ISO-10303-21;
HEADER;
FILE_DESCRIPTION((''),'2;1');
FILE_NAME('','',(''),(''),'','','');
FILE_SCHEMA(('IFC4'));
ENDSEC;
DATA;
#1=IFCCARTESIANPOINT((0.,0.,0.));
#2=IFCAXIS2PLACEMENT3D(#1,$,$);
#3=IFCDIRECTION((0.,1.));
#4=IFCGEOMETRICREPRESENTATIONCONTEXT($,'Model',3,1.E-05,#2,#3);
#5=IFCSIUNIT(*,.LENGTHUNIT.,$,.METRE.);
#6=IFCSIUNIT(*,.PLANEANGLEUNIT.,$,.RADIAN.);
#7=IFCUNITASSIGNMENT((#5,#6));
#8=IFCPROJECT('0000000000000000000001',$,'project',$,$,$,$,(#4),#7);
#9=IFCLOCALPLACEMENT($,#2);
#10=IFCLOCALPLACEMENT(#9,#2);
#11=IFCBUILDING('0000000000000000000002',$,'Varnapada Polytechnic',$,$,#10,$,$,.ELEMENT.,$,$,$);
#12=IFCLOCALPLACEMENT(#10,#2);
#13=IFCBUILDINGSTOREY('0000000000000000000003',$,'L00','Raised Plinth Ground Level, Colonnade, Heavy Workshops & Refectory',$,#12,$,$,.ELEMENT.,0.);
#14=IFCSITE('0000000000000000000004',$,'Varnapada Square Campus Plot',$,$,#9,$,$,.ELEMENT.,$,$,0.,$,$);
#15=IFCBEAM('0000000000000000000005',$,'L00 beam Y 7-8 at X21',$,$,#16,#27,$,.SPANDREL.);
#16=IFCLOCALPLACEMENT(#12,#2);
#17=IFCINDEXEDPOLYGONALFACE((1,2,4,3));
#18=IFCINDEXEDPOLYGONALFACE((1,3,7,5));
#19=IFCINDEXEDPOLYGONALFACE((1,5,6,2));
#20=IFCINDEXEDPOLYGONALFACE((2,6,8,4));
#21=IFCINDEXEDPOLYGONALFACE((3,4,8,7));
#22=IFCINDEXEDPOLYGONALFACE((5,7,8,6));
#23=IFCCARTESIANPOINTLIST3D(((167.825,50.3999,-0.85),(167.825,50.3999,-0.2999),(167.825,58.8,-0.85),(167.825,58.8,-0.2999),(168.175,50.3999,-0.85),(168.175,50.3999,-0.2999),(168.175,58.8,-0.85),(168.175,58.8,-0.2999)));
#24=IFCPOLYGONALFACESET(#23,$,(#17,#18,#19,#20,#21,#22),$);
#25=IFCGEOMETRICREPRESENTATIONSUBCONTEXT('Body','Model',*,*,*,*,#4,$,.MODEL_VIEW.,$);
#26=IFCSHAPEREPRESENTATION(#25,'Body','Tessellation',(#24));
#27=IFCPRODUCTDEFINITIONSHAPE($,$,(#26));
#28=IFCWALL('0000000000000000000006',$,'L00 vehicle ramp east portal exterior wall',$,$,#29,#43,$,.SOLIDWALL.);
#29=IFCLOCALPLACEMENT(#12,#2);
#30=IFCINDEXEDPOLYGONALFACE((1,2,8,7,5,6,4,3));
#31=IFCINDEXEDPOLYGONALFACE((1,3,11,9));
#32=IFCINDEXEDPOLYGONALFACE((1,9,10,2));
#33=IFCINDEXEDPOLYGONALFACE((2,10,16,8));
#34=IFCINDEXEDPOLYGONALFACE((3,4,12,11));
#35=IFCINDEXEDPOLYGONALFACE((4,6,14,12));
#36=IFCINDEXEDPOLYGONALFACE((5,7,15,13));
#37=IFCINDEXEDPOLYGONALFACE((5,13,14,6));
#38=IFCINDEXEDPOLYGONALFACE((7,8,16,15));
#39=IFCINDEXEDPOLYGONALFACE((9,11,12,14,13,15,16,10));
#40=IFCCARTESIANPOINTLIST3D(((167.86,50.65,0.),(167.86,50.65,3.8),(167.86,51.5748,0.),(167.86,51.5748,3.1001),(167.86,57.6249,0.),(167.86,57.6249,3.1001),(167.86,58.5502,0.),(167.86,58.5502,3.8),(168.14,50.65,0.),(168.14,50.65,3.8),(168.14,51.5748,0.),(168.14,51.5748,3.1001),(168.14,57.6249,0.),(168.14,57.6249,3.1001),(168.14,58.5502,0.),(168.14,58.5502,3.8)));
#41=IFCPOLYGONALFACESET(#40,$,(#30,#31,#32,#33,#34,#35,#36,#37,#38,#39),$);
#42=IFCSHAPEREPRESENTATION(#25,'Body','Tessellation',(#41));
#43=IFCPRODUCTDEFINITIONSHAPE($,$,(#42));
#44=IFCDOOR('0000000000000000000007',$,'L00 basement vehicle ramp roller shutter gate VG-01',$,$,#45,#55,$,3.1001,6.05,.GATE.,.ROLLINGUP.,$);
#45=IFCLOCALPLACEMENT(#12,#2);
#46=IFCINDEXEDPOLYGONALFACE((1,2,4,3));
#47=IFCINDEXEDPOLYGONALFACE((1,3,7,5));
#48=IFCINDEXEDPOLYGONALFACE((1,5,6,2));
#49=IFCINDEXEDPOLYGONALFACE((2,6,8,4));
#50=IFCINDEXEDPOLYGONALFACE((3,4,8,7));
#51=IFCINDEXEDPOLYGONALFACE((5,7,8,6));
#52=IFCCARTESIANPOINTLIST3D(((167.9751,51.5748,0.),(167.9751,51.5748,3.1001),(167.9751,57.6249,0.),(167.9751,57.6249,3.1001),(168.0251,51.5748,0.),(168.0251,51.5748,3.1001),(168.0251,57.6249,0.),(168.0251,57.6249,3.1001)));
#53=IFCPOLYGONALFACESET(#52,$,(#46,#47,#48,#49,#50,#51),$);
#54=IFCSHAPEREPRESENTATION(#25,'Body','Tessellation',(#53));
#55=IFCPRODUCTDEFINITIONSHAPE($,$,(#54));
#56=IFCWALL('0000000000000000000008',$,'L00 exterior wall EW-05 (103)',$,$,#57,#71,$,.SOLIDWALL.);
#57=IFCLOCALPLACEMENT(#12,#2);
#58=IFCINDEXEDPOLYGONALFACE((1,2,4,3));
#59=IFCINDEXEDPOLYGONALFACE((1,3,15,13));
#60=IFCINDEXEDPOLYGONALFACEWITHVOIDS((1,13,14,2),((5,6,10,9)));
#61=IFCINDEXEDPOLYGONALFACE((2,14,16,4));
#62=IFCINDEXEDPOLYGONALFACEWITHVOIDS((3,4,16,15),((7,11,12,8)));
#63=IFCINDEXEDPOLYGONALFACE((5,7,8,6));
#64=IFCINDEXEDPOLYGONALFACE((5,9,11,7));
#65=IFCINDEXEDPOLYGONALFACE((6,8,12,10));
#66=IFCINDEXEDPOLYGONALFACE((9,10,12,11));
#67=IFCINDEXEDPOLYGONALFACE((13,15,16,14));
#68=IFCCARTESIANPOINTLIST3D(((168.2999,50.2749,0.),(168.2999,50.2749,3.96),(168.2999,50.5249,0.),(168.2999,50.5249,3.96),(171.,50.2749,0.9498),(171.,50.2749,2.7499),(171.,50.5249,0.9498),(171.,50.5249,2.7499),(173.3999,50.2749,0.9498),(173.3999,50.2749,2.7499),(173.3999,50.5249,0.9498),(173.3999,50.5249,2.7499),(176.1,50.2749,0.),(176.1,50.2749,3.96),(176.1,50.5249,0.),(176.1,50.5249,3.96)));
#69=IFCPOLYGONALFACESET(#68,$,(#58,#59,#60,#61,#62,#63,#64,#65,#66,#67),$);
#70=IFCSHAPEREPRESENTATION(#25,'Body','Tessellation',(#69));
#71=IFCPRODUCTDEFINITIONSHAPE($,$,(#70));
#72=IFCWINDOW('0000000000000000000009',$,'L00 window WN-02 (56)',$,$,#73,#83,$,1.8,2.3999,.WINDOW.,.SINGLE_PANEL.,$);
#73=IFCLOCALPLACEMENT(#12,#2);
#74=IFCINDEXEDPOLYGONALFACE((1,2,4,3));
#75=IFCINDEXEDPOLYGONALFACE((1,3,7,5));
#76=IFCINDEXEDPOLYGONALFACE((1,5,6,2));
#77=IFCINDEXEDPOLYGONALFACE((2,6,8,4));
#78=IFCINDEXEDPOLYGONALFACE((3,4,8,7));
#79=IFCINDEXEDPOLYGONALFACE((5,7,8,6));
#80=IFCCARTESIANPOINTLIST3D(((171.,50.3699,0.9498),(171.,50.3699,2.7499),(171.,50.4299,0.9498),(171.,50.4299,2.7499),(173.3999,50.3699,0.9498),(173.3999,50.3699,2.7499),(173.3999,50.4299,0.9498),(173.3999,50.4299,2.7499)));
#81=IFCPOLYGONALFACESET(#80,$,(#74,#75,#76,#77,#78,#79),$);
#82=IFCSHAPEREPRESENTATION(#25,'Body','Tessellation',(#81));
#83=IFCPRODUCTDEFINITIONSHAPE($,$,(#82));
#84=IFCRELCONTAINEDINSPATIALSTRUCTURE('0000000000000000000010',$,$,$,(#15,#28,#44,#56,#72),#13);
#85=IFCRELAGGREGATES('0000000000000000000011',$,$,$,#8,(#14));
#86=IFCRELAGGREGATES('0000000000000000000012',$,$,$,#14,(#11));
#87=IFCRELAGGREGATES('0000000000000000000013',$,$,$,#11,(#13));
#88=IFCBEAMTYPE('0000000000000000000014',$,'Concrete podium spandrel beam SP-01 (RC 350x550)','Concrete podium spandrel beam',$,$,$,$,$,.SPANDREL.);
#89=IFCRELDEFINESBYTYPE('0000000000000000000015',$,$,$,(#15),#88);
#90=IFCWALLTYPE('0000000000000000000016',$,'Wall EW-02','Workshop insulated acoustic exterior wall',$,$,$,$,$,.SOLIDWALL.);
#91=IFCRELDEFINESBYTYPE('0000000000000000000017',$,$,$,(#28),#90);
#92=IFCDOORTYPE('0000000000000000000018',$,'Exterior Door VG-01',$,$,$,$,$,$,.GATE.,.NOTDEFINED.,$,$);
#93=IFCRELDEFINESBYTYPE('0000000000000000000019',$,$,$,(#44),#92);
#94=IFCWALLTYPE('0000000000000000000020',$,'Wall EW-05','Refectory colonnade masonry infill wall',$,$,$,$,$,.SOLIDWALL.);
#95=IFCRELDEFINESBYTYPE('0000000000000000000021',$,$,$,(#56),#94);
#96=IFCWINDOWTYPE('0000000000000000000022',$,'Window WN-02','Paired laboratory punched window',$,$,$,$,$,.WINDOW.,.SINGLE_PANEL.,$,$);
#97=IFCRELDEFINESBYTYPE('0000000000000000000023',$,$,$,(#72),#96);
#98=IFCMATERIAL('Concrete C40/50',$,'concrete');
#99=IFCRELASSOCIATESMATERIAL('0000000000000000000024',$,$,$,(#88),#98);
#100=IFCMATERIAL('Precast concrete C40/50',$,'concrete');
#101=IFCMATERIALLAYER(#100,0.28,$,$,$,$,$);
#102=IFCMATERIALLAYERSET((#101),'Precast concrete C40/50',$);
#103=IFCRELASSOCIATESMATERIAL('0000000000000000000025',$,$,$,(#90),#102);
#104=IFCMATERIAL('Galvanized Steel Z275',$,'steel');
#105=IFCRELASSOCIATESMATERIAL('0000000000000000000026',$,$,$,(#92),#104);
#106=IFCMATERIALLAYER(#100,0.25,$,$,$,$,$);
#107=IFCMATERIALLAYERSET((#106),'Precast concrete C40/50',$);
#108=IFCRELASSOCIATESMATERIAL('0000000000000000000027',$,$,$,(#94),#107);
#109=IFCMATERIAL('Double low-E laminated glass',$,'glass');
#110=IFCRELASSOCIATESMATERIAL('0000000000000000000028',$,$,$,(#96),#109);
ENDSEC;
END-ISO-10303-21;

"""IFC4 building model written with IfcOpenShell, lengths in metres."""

from ifc_helpers import new_model, si_unit, direction, frame, frame_2d, origin, origin_2d, place, context, subcontext, project, spatial, rectangle, extrude, material, layer, layer_set, material_profile, profile_set, type_object, element, fill, save


model = new_model("IFC4")

# Units and contexts
model_context = context("Model", 3, precision=1e-05, world=origin(), true_north=direction((0.0, 1.0)))
body_context = subcontext(model_context, "Body", "Model", "MODEL_VIEW")
ifc_project = project(units=[si_unit("LENGTHUNIT", "METRE"), si_unit("PLANEANGLEUNIT", "RADIAN")], contexts=[model_context])

# Site, building, storey
site_placement = place(None, origin())
site = spatial("IfcSite", under=ifc_project, at=site_placement, Name="Varnapada Square Campus Plot", CompositionType="ELEMENT", RefElevation=0.0)
building_placement = place(site_placement, origin())
building = spatial("IfcBuilding", under=site, at=building_placement, Name="Varnapada Polytechnic", CompositionType="ELEMENT")
storey_placement = place(building_placement, origin())
storey = spatial("IfcBuildingStorey", under=building, at=storey_placement, Name="L00", Description="Raised Plinth Ground Level, Colonnade, Heavy Workshops & Refectory", CompositionType="ELEMENT", Elevation=0.0)

# Beam
ifc_material_1 = material(Name="Concrete C40/50", Category="concrete")
ifc_material_profile = material_profile(ifc_material_1, rectangle(XDim=0.3501, YDim=0.55, at=origin_2d()), Name="RC 350x550")
ifc_profile_set = profile_set([ifc_material_profile], Name="Concrete C40/50")
beam_type = type_object("IfcBeamType", Name="Concrete podium spandrel beam SP-01 (RC 350x550)", Description="Concrete podium spandrel beam", PredefinedType="SPANDREL", material=ifc_profile_set)
beam_placement = place(storey_placement, frame((168.0, 50.3999, -0.575), z_axis=(0.0, 1.0, 0.0), x_axis=(-1.0, 0.0, 0.0)))
element("IfcBeam", 1, at=beam_placement, inside=storey, type_object=beam_type, Name="L00 beam Y 7-8 at X21", PredefinedType="SPANDREL", context=body_context, shape_type="SweptSolid", body=[
    extrude(rectangle(XDim=0.3501, YDim=0.55, at=origin_2d()), origin(), (0.0, 0.0, 1.0), 8.4001),
])

# Wall, opening, door
ifc_material_2 = material(Name="Precast concrete C40/50", Category="concrete")
ifc_layer_1 = layer(ifc_material_2, 0.28)
ifc_layer_set_1 = layer_set([ifc_layer_1], Name="Precast concrete C40/50")
wall_type_1 = type_object("IfcWallType", Name="Wall EW-02", Description="Workshop insulated acoustic exterior wall", PredefinedType="SOLIDWALL", material=ifc_layer_set_1)
wall_1_placement = place(storey_placement, frame((168.0, 50.6499, 0.0), z_axis=(0.0, 0.0, 1.0), x_axis=(0.0, 1.0, 0.0)))
wall_1 = element("IfcWall", 2, at=wall_1_placement, inside=storey, type_object=wall_type_1, Name="L00 vehicle ramp east portal exterior wall", PredefinedType="SOLIDWALL", context=body_context, shape_type="SweptSolid", body=[
    extrude(rectangle(XDim=7.9001, YDim=0.28, at=frame_2d((3.9502, 0.0))), origin(), (0.0, 0.0, 1.0), 3.8),
])
opening_1_placement = place(wall_1_placement, frame((0.925, 0.0, 0.0)))
opening_1 = element("IfcOpeningElement", 3, at=opening_1_placement, cuts=wall_1, PredefinedType="OPENING", context=body_context, shape_type="SweptSolid", body=[
    extrude(rectangle(XDim=6.05, YDim=3.1001, at=frame_2d((3.0249, 1.55))), frame((0.0, 0.1499, 0.0), z_axis=(0.0, -1.0, 0.0), x_axis=(1.0, 0.0, 0.0)), (0.0, 0.0, 1.0), 0.3),
])
ifc_material_3 = material(Name="Galvanized Steel Z275", Category="steel")
door_type = type_object("IfcDoorType", Name="Exterior Door VG-01", OperationType="NOTDEFINED", PredefinedType="GATE", material=ifc_material_3)
door_placement = place(opening_1_placement, origin())
door = element("IfcDoor", 4, at=door_placement, inside=storey, type_object=door_type, Name="L00 basement vehicle ramp roller shutter gate VG-01", OperationType="ROLLINGUP", OverallHeight=3.1001, OverallWidth=6.05, PredefinedType="GATE", context=body_context, shape_type="SweptSolid", body=[
    extrude(rectangle(XDim=6.05, YDim=3.1001, at=frame_2d((3.0249, 1.55))), frame((0.0, 0.0249, 0.0), z_axis=(0.0, -1.0, 0.0), x_axis=(1.0, 0.0, 0.0)), (0.0, 0.0, 1.0), 0.05),
])
fill(opening_1, door)

# Wall, opening, window
ifc_layer_2 = layer(ifc_material_2, 0.25)
ifc_layer_set_2 = layer_set([ifc_layer_2], Name="Precast concrete C40/50")
wall_type_2 = type_object("IfcWallType", Name="Wall EW-05", Description="Refectory colonnade masonry infill wall", PredefinedType="SOLIDWALL", material=ifc_layer_set_2)
wall_2_placement = place(storey_placement, frame((168.3, 50.3999, 0.0), z_axis=(0.0, 0.0, 1.0), x_axis=(1.0, 0.0, 0.0)))
wall_2 = element("IfcWall", 5, at=wall_2_placement, inside=storey, type_object=wall_type_2, Name="L00 exterior wall EW-05 (103)", PredefinedType="SOLIDWALL", context=body_context, shape_type="SweptSolid", body=[
    extrude(rectangle(XDim=7.8, YDim=0.25, at=frame_2d((3.8999, 0.0))), origin(), (0.0, 0.0, 1.0), 3.96),
])
opening_2_placement = place(wall_2_placement, frame((2.7, 0.0, 0.95)))
opening_2 = element("IfcOpeningElement", 6, at=opening_2_placement, cuts=wall_2, PredefinedType="OPENING", context=body_context, shape_type="SweptSolid", body=[
    extrude(rectangle(XDim=2.3999, YDim=1.8, at=frame_2d((1.2, 0.8999))), frame((0.0, 0.135, 0.0), z_axis=(0.0, -1.0, 0.0), x_axis=(1.0, 0.0, 0.0)), (0.0, 0.0, 1.0), 0.27),
])
ifc_material_4 = material(Name="Double low-E laminated glass", Category="glass")
window_type = type_object("IfcWindowType", Name="Window WN-02", Description="Paired laboratory punched window", PartitioningType="SINGLE_PANEL", PredefinedType="WINDOW", material=ifc_material_4)
window_placement = place(opening_2_placement, origin())
window = element("IfcWindow", 7, at=window_placement, inside=storey, type_object=window_type, Name="L00 window WN-02 (56)", OverallHeight=1.8, OverallWidth=2.3999, PartitioningType="SINGLE_PANEL", PredefinedType="WINDOW", context=body_context, shape_type="SweptSolid", body=[
    extrude(rectangle(XDim=2.3999, YDim=1.8, at=frame_2d((1.2, 0.8999))), frame((0.0, 0.03, 0.0), z_axis=(0.0, -1.0, 0.0), x_axis=(1.0, 0.0, 0.0)), (0.0, 0.0, 1.0), 0.0601),
])
fill(opening_2, window)

save(model, "model.ifc")
